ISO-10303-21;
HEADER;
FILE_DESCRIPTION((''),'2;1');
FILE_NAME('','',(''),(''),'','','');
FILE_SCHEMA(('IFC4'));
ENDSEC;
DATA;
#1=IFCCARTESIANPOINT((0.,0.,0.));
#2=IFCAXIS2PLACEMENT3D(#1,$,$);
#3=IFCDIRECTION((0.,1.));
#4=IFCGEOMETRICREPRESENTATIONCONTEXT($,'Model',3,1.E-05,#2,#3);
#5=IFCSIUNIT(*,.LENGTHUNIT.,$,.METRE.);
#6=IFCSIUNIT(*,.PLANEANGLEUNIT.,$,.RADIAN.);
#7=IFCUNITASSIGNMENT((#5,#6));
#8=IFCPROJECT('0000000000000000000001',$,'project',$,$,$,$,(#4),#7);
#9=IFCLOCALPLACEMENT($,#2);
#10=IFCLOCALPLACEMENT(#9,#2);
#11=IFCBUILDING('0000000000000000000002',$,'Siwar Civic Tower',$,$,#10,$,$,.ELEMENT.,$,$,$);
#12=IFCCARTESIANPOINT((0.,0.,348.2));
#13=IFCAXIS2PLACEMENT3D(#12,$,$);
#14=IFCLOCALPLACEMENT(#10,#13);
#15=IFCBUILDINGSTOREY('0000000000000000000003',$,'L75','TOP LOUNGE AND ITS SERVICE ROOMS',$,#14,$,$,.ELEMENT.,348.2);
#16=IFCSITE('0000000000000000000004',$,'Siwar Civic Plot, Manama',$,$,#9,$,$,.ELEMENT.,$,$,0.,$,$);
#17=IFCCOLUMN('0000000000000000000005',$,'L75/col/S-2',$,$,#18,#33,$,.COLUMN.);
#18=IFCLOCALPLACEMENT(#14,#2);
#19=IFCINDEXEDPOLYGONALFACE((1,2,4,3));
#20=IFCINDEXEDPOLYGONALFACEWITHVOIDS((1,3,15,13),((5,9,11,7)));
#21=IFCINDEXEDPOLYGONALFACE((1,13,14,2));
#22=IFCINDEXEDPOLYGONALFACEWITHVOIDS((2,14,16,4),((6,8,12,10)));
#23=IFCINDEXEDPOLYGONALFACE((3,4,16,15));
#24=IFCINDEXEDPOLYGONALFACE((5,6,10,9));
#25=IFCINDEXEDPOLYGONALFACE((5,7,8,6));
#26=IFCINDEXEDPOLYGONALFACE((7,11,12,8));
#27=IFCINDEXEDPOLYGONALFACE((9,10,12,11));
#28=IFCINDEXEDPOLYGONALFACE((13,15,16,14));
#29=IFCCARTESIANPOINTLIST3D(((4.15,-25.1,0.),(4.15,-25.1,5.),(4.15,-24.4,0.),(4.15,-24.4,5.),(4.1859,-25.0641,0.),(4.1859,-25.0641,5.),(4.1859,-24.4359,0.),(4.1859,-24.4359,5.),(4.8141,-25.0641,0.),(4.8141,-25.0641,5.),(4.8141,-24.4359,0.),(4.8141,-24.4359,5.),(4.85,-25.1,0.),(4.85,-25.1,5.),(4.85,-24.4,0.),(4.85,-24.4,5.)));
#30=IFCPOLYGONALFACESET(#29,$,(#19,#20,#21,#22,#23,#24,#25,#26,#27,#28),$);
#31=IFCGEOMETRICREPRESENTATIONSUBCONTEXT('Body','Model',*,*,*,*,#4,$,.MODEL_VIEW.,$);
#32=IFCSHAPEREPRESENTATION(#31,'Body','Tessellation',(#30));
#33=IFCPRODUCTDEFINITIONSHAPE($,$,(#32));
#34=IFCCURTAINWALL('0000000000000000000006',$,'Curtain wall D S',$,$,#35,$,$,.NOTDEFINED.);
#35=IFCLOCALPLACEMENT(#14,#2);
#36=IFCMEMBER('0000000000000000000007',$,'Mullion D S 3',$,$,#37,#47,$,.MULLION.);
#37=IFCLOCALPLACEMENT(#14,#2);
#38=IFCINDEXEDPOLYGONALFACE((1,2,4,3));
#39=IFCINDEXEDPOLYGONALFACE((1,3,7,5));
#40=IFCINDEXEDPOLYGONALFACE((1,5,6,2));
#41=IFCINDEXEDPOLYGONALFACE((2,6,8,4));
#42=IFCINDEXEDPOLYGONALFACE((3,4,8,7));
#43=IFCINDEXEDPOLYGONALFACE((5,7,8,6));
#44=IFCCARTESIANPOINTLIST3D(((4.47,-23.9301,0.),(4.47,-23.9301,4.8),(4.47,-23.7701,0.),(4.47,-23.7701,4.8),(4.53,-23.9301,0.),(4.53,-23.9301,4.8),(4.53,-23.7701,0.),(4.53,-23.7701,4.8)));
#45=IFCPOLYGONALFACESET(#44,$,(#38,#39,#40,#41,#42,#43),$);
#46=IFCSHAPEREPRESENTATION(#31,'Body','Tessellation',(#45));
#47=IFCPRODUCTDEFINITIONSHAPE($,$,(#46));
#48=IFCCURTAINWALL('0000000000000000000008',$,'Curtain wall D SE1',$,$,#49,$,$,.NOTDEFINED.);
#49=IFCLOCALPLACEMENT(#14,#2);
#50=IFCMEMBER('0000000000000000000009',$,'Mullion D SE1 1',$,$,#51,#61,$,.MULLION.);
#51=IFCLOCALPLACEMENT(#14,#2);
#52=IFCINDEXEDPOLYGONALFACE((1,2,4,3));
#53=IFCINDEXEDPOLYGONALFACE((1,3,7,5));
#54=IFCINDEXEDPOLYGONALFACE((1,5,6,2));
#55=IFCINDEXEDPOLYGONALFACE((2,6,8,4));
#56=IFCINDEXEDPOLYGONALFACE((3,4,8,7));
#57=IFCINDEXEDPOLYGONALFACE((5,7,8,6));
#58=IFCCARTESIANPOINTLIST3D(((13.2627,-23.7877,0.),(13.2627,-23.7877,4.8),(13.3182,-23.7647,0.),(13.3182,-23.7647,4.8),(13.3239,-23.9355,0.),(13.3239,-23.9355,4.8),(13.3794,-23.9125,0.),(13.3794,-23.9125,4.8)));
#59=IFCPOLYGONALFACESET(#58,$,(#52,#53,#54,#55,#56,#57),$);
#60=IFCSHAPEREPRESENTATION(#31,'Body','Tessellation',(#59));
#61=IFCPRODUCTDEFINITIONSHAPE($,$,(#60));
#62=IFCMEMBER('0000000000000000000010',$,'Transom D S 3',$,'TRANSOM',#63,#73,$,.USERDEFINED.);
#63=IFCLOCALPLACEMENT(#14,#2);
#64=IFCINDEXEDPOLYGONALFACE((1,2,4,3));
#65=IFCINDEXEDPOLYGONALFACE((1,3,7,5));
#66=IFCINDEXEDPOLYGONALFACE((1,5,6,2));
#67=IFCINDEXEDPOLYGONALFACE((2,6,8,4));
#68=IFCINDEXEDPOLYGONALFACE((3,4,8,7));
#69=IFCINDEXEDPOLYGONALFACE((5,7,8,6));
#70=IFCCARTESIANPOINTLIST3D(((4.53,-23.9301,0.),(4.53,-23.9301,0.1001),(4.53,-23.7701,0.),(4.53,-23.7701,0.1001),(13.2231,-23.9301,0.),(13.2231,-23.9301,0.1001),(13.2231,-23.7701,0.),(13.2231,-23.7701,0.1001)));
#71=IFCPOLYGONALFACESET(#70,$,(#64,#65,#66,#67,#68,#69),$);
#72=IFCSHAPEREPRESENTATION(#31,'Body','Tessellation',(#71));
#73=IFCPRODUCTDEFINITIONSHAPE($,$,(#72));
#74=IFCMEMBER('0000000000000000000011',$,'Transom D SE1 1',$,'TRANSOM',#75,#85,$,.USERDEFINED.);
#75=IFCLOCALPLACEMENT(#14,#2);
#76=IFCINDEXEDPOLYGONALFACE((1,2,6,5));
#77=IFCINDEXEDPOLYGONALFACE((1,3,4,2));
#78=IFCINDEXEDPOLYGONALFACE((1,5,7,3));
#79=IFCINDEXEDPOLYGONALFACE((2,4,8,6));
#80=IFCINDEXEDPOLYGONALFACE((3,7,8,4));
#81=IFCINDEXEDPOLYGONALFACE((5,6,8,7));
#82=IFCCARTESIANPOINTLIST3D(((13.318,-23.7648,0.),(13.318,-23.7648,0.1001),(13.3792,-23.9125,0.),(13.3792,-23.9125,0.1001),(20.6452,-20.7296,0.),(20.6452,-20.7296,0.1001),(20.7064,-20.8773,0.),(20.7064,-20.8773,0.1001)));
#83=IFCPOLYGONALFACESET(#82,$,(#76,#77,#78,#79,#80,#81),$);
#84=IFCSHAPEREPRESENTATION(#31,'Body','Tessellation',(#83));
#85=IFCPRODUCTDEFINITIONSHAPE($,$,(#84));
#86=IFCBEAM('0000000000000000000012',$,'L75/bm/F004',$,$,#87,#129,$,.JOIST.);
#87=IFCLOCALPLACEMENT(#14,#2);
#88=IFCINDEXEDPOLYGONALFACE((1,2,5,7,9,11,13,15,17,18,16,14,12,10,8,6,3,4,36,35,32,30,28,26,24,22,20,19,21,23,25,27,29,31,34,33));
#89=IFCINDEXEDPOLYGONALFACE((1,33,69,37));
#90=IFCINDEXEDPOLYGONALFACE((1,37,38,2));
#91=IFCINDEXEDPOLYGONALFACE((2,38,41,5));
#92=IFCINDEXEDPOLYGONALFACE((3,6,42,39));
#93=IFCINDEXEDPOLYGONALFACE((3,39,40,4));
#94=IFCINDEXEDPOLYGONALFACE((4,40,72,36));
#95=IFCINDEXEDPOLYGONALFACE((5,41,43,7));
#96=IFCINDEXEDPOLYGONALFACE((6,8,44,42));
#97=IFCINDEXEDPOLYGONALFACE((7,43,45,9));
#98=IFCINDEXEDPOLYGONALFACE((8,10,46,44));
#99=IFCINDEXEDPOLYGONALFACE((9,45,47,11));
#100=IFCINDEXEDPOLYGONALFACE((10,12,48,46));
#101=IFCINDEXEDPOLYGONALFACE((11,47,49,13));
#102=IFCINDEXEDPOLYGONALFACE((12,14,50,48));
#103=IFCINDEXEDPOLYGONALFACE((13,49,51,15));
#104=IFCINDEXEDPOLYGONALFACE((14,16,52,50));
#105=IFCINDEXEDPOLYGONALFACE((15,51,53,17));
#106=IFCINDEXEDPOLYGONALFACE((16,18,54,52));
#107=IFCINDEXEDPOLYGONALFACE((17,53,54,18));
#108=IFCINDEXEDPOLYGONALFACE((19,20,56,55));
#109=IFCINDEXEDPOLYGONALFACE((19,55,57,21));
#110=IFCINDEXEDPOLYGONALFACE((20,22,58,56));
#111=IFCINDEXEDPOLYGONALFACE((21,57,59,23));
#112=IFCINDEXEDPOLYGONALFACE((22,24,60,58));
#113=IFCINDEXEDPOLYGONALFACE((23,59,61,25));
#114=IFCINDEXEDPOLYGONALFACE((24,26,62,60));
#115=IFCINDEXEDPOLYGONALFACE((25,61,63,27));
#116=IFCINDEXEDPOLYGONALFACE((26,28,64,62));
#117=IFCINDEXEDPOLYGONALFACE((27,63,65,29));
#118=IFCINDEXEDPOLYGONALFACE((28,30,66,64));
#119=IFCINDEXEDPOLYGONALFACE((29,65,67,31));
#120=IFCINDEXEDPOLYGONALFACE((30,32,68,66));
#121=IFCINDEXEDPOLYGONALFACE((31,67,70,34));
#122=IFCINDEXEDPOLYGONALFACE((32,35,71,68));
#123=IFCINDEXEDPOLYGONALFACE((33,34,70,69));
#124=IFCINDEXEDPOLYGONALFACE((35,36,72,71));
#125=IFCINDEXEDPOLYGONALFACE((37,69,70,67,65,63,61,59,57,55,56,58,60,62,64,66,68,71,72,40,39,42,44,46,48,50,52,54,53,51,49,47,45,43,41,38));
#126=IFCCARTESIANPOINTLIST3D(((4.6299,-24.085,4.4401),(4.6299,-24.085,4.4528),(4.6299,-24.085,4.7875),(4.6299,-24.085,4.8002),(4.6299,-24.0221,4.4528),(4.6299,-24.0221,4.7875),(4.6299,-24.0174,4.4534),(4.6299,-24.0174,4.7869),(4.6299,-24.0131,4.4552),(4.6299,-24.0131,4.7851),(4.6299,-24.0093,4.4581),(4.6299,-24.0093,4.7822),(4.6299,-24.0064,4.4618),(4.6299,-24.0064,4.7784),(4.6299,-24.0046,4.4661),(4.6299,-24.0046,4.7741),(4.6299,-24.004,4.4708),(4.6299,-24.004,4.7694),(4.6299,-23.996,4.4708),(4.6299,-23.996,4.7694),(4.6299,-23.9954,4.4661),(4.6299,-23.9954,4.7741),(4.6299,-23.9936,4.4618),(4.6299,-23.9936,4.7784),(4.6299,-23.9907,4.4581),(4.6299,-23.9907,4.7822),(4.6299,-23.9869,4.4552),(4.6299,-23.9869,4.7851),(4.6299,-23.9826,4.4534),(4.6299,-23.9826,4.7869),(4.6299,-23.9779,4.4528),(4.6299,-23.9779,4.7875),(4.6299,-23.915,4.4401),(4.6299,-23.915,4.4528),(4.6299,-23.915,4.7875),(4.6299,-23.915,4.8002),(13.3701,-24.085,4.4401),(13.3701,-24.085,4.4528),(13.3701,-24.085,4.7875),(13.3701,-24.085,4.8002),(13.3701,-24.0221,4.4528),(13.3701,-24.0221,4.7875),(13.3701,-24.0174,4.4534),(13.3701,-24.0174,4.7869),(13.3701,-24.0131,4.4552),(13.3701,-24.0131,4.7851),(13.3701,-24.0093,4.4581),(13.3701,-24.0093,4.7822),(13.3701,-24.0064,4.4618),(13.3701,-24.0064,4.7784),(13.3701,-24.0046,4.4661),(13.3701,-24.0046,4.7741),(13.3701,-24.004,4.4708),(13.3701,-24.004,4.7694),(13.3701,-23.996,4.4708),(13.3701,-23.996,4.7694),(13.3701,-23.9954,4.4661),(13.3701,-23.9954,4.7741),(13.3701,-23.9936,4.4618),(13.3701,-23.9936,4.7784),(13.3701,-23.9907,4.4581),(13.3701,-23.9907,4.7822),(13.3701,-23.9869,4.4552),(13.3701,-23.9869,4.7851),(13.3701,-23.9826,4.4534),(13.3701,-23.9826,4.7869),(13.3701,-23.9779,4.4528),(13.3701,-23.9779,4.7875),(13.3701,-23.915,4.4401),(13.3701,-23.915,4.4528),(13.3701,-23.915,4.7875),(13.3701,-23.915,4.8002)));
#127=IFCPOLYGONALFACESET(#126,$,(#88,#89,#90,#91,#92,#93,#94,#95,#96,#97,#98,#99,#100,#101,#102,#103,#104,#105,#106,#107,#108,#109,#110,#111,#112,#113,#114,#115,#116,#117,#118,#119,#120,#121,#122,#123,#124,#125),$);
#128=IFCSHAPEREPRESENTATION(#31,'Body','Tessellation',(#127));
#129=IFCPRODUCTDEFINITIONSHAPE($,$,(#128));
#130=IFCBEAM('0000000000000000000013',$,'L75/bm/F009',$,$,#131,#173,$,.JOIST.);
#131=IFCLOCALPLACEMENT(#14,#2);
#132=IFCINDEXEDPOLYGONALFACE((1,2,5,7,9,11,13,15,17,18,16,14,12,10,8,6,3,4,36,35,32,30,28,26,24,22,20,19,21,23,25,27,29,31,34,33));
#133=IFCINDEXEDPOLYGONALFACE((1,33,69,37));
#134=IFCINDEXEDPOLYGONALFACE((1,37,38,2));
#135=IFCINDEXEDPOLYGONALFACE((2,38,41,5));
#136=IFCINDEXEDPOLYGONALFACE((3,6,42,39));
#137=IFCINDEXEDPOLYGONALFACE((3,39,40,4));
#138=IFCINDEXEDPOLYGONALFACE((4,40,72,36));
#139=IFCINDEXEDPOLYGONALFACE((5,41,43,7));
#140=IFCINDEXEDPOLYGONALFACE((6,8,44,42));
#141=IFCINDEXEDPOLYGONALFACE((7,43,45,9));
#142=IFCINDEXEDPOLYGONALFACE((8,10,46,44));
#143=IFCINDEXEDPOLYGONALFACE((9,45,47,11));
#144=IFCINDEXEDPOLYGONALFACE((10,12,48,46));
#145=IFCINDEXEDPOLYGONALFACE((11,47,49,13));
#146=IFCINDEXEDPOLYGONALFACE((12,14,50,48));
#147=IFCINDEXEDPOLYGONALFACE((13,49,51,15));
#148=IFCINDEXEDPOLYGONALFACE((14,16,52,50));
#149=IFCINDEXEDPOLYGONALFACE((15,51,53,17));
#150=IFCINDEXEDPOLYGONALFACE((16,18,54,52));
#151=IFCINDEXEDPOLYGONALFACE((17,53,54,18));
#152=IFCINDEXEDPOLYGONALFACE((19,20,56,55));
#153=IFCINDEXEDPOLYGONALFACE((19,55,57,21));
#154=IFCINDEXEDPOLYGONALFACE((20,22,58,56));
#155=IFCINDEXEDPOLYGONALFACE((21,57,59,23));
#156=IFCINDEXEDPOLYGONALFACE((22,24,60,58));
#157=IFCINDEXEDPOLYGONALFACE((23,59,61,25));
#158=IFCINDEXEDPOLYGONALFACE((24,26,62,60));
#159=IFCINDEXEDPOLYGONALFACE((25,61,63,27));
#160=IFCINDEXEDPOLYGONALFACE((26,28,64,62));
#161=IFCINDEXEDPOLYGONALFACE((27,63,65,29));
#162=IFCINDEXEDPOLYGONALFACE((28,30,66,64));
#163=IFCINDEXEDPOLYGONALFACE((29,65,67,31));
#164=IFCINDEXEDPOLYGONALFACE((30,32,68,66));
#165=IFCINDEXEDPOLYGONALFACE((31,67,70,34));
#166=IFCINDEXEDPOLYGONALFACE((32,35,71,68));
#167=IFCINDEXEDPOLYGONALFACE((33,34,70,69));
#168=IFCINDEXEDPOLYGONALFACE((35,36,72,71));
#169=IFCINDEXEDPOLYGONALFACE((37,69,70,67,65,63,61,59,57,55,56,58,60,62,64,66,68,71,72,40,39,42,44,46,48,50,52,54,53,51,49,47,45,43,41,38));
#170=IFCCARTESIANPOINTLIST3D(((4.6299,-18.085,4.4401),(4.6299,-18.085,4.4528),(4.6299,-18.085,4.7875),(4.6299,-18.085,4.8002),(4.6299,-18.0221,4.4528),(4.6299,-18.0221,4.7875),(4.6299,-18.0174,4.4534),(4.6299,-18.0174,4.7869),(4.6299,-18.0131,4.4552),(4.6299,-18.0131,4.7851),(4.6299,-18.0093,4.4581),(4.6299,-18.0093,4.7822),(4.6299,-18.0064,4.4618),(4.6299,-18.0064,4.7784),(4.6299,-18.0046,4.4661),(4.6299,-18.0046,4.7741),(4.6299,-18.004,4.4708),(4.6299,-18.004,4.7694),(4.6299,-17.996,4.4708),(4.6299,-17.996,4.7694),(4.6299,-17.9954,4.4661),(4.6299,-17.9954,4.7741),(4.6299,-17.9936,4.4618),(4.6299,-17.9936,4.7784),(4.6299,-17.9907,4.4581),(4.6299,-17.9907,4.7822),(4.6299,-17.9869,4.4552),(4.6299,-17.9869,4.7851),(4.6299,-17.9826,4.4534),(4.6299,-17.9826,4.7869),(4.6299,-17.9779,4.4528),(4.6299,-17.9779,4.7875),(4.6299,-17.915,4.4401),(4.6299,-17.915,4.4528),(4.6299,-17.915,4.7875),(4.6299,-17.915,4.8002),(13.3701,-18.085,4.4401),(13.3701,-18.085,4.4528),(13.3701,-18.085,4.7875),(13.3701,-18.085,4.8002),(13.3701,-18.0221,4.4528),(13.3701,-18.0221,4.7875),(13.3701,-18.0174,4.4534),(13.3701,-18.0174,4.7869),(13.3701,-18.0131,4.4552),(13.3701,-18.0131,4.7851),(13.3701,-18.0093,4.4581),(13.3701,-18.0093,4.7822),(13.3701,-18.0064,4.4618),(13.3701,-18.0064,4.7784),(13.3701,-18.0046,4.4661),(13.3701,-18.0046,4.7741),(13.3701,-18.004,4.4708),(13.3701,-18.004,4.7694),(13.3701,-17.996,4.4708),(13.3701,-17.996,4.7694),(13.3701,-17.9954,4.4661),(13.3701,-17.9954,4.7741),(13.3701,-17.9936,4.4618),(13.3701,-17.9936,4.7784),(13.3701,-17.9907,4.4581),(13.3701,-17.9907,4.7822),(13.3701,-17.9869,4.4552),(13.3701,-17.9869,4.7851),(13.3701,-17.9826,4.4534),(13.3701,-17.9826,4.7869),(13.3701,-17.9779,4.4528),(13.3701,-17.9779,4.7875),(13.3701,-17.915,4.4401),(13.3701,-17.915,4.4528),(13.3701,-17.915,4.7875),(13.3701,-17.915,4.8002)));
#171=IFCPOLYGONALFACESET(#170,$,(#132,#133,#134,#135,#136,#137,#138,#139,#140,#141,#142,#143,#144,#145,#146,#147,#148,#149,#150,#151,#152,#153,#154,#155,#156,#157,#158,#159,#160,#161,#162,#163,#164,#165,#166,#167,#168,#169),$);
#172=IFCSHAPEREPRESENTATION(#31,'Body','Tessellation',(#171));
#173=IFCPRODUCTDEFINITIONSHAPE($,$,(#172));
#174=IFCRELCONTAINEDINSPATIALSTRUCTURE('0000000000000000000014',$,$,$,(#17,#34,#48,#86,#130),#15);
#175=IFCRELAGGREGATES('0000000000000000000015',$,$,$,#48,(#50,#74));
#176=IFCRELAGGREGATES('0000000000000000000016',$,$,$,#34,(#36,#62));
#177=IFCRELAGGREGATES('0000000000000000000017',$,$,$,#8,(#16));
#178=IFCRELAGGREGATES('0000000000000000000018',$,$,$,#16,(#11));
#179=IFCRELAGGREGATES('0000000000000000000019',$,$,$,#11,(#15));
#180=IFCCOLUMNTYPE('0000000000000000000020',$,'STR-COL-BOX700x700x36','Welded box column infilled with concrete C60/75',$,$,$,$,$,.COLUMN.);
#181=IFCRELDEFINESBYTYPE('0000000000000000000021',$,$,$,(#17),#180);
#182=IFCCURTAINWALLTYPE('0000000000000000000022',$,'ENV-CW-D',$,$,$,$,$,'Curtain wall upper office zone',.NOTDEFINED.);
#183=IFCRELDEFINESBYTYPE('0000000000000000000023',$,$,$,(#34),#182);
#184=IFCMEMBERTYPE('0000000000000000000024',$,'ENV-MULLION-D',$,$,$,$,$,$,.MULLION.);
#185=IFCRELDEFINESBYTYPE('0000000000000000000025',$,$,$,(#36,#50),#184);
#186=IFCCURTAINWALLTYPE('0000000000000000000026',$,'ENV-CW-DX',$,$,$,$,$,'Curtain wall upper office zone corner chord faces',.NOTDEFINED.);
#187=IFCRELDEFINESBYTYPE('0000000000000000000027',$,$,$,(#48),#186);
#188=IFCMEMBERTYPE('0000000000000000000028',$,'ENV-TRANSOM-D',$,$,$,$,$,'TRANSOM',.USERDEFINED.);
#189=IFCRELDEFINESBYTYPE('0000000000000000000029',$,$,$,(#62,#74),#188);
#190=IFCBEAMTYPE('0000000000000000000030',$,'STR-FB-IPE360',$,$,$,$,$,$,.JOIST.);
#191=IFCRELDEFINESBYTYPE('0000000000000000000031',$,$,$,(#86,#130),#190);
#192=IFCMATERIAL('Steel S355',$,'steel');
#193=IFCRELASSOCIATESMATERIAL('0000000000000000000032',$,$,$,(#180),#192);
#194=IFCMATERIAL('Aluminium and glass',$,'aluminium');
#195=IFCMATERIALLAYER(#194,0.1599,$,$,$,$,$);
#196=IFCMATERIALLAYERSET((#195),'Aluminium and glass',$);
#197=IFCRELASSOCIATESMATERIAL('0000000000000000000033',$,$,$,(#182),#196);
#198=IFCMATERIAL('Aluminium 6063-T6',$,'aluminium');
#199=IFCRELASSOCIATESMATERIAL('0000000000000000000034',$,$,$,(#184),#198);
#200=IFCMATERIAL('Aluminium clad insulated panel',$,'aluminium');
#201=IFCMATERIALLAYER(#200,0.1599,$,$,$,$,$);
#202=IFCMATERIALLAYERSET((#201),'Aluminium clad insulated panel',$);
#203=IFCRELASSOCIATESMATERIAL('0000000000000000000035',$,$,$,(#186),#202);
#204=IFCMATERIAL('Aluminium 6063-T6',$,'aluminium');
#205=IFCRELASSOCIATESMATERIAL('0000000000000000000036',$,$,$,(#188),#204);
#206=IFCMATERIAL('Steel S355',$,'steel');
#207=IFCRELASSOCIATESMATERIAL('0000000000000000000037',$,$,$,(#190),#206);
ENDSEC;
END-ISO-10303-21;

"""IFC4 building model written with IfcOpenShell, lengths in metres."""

from ifc_helpers import new_model, si_unit, direction, frame, origin, origin_2d, place, context, subcontext, project, spatial, rectangle, hollow_rectangle, i_section, extrude, material, layer, layer_set, material_profile, profile_set, type_object, element, aggregate, save


model = new_model("IFC4")

# Units and contexts
model_context = context("Model", 3, precision=1e-05, world=origin(), true_north=direction((0.0, 1.0)))
body_context = subcontext(model_context, "Body", "Model", "MODEL_VIEW")
ifc_project = project(units=[si_unit("LENGTHUNIT", "METRE"), si_unit("PLANEANGLEUNIT", "RADIAN")], contexts=[model_context])

# Site, building, storey
site_placement = place(None, origin())
site = spatial("IfcSite", under=ifc_project, at=site_placement, Name="Siwar Civic Plot, Manama", CompositionType="ELEMENT", RefElevation=0.0)
building_placement = place(site_placement, origin())
building = spatial("IfcBuilding", under=site, at=building_placement, Name="Siwar Civic Tower", CompositionType="ELEMENT")
storey_placement = place(building_placement, frame((0.0, 0.0, 348.2)))
storey = spatial("IfcBuildingStorey", under=building, at=storey_placement, Name="L75", Description="TOP LOUNGE AND ITS SERVICE ROOMS", CompositionType="ELEMENT", Elevation=348.2)

# Column
ifc_material_1 = material(Name="Steel S355", Category="steel")
ifc_material_profile_1 = material_profile(ifc_material_1, hollow_rectangle(XDim=0.7, YDim=0.7, WallThickness=0.0359, at=origin_2d()), Name="BOX700x700x36")
ifc_profile_set_1 = profile_set([ifc_material_profile_1], Name="Steel S355")
column_type = type_object("IfcColumnType", Name="STR-COL-BOX700x700x36", Description="Welded box column infilled with concrete C60/75", PredefinedType="COLUMN", material=ifc_profile_set_1)
column_placement = place(storey_placement, frame((4.5, -24.75, 0.0), z_axis=(0.0, 0.0, 1.0), x_axis=(1.0, 0.0, 0.0)))
element("IfcColumn", 1, at=column_placement, inside=storey, type_object=column_type, Name="L75/col/S-2", PredefinedType="COLUMN", context=body_context, shape_type="SweptSolid", body=[
    extrude(hollow_rectangle(XDim=0.7, YDim=0.7, WallThickness=0.0359, at=origin_2d()), origin(), (0.0, 0.0, 1.0), 5.0),
])

# Curtain walls, members
ifc_material_2 = material(Name="Aluminium and glass", Category="aluminium")
ifc_layer_1 = layer(ifc_material_2, 0.1599)
ifc_layer_set_1 = layer_set([ifc_layer_1], Name="Aluminium and glass")
curtain_wall_type_1 = type_object("IfcCurtainWallType", Name="ENV-CW-D", ElementType="Curtain wall upper office zone", PredefinedType="NOTDEFINED", material=ifc_layer_set_1)
curtain_wall_1_placement = place(storey_placement, origin())
curtain_wall_1 = element("IfcCurtainWall", 2, at=curtain_wall_1_placement, inside=storey, type_object=curtain_wall_type_1, Name="Curtain wall D S", PredefinedType="NOTDEFINED")
ifc_material_3 = material(Name="Aluminium 6063-T6", Category="aluminium")
ifc_material_profile_2 = material_profile(ifc_material_3, rectangle(XDim=0.1599, YDim=0.0601, at=origin_2d()), Name="AL 160x60")
ifc_profile_set_2 = profile_set([ifc_material_profile_2], Name="Aluminium 6063-T6")
member_type_1 = type_object("IfcMemberType", Name="ENV-MULLION-D", PredefinedType="MULLION", material=ifc_profile_set_2)
member_1_placement = place(storey_placement, frame((4.5, -23.8501, 0.0), z_axis=(0.0, 0.0, 1.0), x_axis=(0.0, 1.0, 0.0)))
member_1 = element("IfcMember", 3, at=member_1_placement, type_object=member_type_1, Name="Mullion D S 3", PredefinedType="MULLION", context=body_context, shape_type="SweptSolid", body=[
    extrude(rectangle(XDim=0.1599, YDim=0.0601, at=origin_2d()), origin(), (0.0, 0.0, 1.0), 4.8),
])
ifc_material_4 = material(Name="Aluminium clad insulated panel", Category="aluminium")
ifc_layer_2 = layer(ifc_material_4, 0.1599)
ifc_layer_set_2 = layer_set([ifc_layer_2], Name="Aluminium clad insulated panel")
curtain_wall_type_2 = type_object("IfcCurtainWallType", Name="ENV-CW-DX", ElementType="Curtain wall upper office zone corner chord faces", PredefinedType="NOTDEFINED", material=ifc_layer_set_2)
curtain_wall_2_placement = place(storey_placement, origin())
curtain_wall_2 = element("IfcCurtainWall", 4, at=curtain_wall_2_placement, inside=storey, type_object=curtain_wall_type_2, Name="Curtain wall D SE1", PredefinedType="NOTDEFINED")
member_2_placement = place(storey_placement, frame((13.321, -23.8501, 0.0), z_axis=(0.0, 0.0, 1.0), x_axis=(-0.382683, 0.92388, 0.0)))
member_2 = element("IfcMember", 5, at=member_2_placement, type_object=member_type_1, Name="Mullion D SE1 1", PredefinedType="MULLION", context=body_context, shape_type="SweptSolid", body=[
    extrude(rectangle(XDim=0.1599, YDim=0.0601, at=origin_2d()), origin(), (0.0, 0.0, 1.0), 4.8),
])

# Members
ifc_material_5 = material(Name="Aluminium 6063-T6", Category="aluminium")
ifc_material_profile_3 = material_profile(ifc_material_5, rectangle(XDim=0.1599, YDim=0.1001, at=origin_2d()), Name="AL 160x100")
ifc_profile_set_3 = profile_set([ifc_material_profile_3], Name="Aluminium 6063-T6")
member_type_2 = type_object("IfcMemberType", Name="ENV-TRANSOM-D", ElementType="TRANSOM", PredefinedType="USERDEFINED", material=ifc_profile_set_3)
member_3_placement = place(storey_placement, frame((4.53, -23.8501, 0.05), z_axis=(1.0, 0.0, 0.0), x_axis=(0.0, 1.0, 0.0)))
member_3 = element("IfcMember", 6, at=member_3_placement, type_object=member_type_2, Name="Transom D S 3", ObjectType="TRANSOM", PredefinedType="USERDEFINED", context=body_context, shape_type="SweptSolid", body=[
    extrude(rectangle(XDim=0.1599, YDim=0.1001, at=origin_2d()), origin(), (0.0, 0.0, 1.0), 8.6931),
])
member_4_placement = place(storey_placement, frame((13.3486, -23.8386, 0.05), z_axis=(0.923873, 0.3827, 0.0), x_axis=(-0.3827, 0.923873, 0.0)))
member_4 = element("IfcMember", 7, at=member_4_placement, type_object=member_type_2, Name="Transom D SE1 1", ObjectType="TRANSOM", PredefinedType="USERDEFINED", context=body_context, shape_type="SweptSolid", body=[
    extrude(rectangle(XDim=0.1599, YDim=0.1001, at=origin_2d()), origin(), (0.0, 0.0, 1.0), 7.9309),
])
aggregate(curtain_wall_2, [member_2, member_4])

# Beams
ifc_material_6 = material(Name="Steel S355", Category="steel")
ifc_material_profile_4 = material_profile(ifc_material_6, i_section(OverallWidth=0.1699, OverallDepth=0.3601, WebThickness=0.0081, FlangeThickness=0.0127, FilletRadius=0.0181, at=origin_2d()), Name="IPE360")
ifc_profile_set_4 = profile_set([ifc_material_profile_4], Name="Steel S355")
beam_type_1 = type_object("IfcBeamType", Name="STR-FB-IPE360", PredefinedType="JOIST", material=ifc_profile_set_4)
for number, where, z_axis, x_axis, name in (
    (8, (4.6299, -24.0, 4.6201), (1.0, 0.0, 0.0), (0.0, 1.0, 0.0), "L75/bm/F004"),
    (9, (4.6299, -18.0, 4.6201), (1.0, 0.0, 0.0), (0.0, 1.0, 0.0), "L75/bm/F009"),
):
    element("IfcBeam", number, at=place(storey_placement, frame(where, z_axis=z_axis, x_axis=x_axis)), inside=storey, type_object=beam_type_1, Name=name, PredefinedType="JOIST", context=body_context, shape_type="SweptSolid", body=[
        extrude(i_section(OverallWidth=0.1699, OverallDepth=0.3601, WebThickness=0.0081, FlangeThickness=0.0127, FilletRadius=0.0181, at=origin_2d()), origin(), (0.0, 0.0, 1.0), 8.7402),
    ])

aggregate(curtain_wall_1, [member_1, member_3])

save(model, "model.ifc")
